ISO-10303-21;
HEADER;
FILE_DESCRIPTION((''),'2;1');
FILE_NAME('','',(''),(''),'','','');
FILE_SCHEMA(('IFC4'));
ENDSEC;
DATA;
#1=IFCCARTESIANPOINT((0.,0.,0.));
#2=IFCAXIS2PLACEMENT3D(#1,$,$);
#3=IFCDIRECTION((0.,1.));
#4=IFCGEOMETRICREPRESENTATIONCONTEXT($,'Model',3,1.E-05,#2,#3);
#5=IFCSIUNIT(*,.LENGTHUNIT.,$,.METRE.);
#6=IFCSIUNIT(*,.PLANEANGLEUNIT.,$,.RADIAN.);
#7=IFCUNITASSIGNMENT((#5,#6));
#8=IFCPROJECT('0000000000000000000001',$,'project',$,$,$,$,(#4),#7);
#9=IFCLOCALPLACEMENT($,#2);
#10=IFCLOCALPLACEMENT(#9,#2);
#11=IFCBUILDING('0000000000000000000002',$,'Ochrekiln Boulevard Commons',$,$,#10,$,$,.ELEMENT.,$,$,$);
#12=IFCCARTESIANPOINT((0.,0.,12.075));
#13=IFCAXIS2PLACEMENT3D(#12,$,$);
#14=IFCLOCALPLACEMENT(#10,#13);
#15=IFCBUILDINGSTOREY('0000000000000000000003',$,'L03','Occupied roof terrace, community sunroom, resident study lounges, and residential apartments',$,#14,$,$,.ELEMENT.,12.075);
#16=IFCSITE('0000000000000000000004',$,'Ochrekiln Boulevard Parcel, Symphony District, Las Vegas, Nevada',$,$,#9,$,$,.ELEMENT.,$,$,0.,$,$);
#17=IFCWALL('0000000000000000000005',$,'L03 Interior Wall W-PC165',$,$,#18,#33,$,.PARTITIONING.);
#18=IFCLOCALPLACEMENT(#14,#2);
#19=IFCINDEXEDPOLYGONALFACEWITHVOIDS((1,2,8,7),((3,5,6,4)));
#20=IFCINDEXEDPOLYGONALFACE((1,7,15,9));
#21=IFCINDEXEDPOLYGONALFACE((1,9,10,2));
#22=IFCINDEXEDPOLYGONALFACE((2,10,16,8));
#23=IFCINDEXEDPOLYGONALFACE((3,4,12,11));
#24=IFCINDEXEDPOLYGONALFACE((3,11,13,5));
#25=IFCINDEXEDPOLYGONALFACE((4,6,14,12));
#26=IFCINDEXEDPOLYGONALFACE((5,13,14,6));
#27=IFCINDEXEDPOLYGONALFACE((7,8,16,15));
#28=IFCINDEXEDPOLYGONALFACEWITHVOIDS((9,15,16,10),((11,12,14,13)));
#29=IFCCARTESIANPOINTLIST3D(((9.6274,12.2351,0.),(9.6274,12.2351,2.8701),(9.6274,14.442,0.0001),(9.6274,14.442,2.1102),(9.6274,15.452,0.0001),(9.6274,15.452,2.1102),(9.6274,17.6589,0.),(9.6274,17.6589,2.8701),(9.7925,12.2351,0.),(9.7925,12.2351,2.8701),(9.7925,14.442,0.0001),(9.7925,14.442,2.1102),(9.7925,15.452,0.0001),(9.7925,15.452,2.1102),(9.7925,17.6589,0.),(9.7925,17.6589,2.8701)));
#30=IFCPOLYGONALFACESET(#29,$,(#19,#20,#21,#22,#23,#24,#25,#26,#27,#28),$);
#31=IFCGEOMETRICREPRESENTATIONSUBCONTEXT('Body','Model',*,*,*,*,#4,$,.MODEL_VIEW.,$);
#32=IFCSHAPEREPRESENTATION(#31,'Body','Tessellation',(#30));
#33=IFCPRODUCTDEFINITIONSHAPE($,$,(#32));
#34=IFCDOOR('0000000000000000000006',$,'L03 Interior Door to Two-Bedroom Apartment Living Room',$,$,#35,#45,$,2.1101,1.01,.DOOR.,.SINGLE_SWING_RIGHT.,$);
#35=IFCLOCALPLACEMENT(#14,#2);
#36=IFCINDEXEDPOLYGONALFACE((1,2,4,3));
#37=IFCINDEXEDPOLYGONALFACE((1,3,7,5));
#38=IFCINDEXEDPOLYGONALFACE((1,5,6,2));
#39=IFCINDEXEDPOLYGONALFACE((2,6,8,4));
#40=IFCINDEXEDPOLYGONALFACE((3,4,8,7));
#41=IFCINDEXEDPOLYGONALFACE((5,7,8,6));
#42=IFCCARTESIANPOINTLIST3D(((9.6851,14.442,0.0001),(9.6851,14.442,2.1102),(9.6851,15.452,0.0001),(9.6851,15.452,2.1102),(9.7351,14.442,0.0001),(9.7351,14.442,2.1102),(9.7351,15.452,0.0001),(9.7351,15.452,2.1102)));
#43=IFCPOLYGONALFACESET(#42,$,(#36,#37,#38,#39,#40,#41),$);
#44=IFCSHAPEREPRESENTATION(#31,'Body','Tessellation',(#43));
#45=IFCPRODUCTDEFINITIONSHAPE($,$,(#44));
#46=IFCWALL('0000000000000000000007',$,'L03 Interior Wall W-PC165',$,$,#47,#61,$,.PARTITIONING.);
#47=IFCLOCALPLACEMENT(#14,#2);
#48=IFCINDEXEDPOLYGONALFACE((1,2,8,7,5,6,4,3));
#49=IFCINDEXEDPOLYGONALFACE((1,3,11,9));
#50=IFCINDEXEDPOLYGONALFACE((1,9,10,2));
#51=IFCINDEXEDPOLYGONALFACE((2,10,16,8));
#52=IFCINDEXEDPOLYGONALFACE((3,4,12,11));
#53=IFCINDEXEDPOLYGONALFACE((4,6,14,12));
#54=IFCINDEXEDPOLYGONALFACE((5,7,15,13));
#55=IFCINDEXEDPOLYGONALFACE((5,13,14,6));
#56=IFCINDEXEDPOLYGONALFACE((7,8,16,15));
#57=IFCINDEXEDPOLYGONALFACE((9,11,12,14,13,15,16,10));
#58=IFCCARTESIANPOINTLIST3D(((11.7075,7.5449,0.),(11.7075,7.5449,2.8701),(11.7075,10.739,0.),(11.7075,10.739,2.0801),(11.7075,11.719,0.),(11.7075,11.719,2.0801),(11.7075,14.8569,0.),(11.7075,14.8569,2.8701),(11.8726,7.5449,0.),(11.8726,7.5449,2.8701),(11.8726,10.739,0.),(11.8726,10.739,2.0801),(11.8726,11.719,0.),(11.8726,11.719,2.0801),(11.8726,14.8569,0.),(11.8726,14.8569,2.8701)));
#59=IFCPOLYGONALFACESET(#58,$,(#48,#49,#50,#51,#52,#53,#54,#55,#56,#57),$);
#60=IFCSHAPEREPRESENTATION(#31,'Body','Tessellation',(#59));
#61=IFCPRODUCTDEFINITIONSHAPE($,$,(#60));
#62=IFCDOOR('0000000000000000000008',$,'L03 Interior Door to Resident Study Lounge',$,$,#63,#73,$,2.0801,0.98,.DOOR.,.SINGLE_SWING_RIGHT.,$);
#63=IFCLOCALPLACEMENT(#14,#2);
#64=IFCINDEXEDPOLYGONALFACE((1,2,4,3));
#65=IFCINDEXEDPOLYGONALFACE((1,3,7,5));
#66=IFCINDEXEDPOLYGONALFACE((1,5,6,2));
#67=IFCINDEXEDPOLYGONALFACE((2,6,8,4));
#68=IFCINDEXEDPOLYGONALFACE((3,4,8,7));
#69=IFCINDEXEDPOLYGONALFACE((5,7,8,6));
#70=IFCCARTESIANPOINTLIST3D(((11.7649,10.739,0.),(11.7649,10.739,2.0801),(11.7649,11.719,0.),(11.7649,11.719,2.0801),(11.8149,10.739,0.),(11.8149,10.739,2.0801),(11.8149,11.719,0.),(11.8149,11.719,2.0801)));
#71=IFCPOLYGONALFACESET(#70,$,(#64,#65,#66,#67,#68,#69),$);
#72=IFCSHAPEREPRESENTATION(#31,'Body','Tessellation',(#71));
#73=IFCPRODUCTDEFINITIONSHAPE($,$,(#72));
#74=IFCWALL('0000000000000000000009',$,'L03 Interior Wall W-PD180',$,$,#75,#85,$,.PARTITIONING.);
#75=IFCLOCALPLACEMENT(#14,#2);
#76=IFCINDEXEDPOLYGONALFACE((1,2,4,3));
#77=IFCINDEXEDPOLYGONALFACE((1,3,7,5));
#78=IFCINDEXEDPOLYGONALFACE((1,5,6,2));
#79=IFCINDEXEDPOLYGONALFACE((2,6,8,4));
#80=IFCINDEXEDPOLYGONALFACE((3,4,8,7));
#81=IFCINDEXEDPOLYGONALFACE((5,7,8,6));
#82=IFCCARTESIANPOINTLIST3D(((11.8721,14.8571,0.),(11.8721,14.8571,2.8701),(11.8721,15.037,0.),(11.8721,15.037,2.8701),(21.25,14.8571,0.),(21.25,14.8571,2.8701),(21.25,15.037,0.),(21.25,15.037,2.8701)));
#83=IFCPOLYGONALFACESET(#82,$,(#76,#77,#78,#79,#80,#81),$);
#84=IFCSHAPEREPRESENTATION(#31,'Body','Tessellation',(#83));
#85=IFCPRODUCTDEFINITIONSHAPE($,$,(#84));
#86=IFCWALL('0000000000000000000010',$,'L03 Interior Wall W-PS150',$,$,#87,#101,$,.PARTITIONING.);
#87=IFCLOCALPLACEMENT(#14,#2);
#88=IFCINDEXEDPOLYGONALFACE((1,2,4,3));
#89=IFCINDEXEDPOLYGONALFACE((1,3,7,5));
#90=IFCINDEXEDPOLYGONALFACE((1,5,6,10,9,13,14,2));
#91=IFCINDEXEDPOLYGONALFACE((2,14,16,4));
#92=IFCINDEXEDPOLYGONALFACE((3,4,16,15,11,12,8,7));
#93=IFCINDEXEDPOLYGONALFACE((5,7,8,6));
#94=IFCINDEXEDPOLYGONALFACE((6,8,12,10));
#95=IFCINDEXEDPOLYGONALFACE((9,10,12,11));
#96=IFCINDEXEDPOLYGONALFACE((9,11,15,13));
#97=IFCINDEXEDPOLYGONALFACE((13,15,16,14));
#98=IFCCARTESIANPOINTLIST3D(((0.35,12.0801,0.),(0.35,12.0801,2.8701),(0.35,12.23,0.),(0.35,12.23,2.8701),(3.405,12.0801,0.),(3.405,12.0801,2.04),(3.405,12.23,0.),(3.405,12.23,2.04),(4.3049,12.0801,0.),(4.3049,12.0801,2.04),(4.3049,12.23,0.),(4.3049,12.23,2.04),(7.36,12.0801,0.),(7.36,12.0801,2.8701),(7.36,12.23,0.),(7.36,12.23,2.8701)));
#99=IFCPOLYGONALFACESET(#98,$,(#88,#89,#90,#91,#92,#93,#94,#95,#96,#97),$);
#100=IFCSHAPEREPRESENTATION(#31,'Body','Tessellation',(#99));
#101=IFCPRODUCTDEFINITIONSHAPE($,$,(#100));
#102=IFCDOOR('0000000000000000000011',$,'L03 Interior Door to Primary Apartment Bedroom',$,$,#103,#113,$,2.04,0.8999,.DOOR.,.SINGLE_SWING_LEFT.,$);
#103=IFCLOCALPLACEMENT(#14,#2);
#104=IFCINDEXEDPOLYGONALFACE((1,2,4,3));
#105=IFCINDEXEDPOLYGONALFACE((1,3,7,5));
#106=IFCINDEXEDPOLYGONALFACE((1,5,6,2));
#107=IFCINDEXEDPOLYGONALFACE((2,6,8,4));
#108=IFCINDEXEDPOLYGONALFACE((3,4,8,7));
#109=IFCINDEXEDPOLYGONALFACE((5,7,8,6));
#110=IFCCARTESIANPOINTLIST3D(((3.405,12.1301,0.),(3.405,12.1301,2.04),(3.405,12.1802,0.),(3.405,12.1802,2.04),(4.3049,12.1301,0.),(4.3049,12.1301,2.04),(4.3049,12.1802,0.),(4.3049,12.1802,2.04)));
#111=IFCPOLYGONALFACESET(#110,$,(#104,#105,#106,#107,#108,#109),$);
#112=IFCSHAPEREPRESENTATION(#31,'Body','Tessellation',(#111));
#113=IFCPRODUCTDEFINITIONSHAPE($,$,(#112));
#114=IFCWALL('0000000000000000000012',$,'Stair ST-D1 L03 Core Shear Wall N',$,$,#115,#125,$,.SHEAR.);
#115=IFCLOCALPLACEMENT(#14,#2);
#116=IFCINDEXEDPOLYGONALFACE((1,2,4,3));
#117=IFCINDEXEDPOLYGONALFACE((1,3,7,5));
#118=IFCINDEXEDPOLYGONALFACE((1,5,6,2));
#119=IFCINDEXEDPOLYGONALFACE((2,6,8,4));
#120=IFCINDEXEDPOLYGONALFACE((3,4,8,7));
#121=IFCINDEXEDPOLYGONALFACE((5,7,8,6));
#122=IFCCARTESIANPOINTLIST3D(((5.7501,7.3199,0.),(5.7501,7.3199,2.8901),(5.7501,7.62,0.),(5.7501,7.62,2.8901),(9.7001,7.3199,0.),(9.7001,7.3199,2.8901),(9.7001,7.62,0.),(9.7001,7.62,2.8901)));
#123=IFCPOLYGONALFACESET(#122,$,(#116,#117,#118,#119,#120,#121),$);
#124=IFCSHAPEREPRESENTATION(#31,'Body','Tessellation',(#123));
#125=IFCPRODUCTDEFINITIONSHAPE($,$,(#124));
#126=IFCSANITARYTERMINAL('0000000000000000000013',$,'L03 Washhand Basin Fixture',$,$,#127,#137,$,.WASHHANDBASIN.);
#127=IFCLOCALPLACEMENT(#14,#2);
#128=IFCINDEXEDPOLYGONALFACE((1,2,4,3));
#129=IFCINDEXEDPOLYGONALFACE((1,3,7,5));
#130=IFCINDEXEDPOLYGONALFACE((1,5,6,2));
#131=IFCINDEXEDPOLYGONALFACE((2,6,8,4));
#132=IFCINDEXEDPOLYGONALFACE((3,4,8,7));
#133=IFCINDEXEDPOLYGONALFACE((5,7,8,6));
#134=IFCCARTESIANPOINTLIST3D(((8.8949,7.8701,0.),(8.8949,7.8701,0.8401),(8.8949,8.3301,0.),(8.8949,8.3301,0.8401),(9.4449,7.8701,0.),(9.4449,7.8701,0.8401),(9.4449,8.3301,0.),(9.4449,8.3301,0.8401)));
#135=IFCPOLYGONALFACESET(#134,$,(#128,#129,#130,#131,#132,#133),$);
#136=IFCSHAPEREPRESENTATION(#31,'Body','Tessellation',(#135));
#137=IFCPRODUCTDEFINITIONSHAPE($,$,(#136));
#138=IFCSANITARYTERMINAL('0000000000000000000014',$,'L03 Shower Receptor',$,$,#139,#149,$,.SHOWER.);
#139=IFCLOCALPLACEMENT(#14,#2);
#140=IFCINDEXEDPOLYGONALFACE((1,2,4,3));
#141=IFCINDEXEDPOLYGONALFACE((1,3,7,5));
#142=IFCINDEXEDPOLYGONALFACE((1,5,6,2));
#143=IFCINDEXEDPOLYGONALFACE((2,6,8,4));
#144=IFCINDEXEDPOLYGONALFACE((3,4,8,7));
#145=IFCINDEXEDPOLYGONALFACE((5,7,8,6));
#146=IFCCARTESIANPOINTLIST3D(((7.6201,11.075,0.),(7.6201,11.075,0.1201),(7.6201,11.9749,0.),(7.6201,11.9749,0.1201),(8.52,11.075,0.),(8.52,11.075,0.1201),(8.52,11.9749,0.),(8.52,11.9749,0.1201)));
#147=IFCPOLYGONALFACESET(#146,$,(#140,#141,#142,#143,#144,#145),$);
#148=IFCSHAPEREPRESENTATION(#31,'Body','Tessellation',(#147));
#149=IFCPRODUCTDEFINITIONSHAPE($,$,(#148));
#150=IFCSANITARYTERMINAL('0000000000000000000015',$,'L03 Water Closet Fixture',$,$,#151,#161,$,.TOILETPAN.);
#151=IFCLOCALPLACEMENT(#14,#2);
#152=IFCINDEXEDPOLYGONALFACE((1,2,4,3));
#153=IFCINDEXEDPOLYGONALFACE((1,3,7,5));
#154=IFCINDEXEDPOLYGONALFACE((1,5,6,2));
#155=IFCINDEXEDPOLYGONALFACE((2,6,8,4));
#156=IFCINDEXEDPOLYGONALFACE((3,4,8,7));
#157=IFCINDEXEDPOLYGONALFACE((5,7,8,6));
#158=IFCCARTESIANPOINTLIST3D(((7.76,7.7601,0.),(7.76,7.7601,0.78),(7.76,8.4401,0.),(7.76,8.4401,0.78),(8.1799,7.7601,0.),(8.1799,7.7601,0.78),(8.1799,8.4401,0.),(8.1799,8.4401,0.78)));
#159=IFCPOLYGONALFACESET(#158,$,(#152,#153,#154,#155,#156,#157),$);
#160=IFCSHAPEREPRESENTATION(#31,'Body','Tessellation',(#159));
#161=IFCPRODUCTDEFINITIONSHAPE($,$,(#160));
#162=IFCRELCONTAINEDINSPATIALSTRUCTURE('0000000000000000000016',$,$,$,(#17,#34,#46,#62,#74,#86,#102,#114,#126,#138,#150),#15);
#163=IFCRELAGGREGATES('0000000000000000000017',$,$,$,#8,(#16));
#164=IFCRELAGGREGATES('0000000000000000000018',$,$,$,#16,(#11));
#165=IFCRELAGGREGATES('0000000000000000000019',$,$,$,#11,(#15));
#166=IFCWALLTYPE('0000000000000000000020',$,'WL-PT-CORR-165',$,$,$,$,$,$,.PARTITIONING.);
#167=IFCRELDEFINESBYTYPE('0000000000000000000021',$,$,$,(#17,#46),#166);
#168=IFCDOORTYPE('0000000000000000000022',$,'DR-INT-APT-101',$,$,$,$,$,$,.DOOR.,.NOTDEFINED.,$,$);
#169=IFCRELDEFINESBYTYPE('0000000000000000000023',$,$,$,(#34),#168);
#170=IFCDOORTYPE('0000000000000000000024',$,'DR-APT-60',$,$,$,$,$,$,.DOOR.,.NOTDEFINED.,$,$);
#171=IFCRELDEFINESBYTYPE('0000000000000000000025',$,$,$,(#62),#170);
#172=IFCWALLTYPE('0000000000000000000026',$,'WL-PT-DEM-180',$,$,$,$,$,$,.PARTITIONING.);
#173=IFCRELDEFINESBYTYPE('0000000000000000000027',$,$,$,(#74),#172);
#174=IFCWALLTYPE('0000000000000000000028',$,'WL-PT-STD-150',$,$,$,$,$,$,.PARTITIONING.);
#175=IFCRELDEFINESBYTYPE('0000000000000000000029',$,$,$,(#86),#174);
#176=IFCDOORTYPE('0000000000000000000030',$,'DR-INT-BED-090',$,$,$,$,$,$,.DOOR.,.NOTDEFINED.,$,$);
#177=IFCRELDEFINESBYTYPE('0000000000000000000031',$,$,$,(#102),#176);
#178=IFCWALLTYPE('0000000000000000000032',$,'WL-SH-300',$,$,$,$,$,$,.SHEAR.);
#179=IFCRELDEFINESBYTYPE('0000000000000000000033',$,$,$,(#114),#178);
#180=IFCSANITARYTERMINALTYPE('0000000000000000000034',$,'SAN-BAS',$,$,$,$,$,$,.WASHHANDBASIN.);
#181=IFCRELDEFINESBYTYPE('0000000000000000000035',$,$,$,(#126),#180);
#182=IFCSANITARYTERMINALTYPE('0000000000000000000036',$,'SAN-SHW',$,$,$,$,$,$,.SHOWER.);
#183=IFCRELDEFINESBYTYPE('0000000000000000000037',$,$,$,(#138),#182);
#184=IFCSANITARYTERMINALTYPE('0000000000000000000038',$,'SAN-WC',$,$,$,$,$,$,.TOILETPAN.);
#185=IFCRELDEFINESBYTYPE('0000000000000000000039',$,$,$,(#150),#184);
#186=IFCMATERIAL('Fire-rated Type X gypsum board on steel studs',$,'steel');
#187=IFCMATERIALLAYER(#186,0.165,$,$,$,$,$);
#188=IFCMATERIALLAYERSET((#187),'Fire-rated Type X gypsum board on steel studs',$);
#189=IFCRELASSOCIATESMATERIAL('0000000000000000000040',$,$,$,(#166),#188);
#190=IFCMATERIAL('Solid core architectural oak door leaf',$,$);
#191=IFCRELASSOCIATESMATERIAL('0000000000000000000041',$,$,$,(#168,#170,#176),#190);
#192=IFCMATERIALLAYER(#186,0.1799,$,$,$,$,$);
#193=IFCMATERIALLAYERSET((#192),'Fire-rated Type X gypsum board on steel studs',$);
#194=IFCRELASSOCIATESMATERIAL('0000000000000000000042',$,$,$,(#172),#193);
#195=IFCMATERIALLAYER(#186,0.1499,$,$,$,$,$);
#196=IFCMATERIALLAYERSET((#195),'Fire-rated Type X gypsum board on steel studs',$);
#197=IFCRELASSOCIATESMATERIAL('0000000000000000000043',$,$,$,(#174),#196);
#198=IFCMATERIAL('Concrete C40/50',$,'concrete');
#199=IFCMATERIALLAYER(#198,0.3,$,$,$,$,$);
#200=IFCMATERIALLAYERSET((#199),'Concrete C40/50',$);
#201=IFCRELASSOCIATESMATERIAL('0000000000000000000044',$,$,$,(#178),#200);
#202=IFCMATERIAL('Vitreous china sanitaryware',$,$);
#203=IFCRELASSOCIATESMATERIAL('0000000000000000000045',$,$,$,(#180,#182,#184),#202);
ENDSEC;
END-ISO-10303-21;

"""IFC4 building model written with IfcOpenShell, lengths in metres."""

from ifc_helpers import new_model, si_unit, direction, frame, frame_2d, origin, origin_2d, place, context, subcontext, project, spatial, rectangle, extrude, material, layer, layer_set, type_object, element, fill, save


model = new_model("IFC4")

# Units and contexts
model_context = context("Model", 3, precision=1e-05, world=origin(), true_north=direction((0.0, 1.0)))
body_context = subcontext(model_context, "Body", "Model", "MODEL_VIEW")
ifc_project = project(units=[si_unit("LENGTHUNIT", "METRE"), si_unit("PLANEANGLEUNIT", "RADIAN")], contexts=[model_context])

# Site, building, storey
site_placement = place(None, origin())
site = spatial("IfcSite", under=ifc_project, at=site_placement, Name="Ochrekiln Boulevard Parcel, Symphony District, Las Vegas, Nevada", CompositionType="ELEMENT", RefElevation=0.0)
building_placement = place(site_placement, origin())
building = spatial("IfcBuilding", under=site, at=building_placement, Name="Ochrekiln Boulevard Commons", CompositionType="ELEMENT")
storey_placement = place(building_placement, frame((0.0, 0.0, 12.075)))
storey = spatial("IfcBuildingStorey", under=building, at=storey_placement, Name="L03", Description="Occupied roof terrace, community sunroom, resident study lounges, and residential apartments", CompositionType="ELEMENT", Elevation=12.075)

# Shared definitions
ifc_material_1 = material(Name="Concrete C40/50", Category="concrete")

# Shared definitions
ifc_material_2 = material(Name="Solid core architectural oak door leaf")

# Shared definitions
ifc_material_3 = material(Name="Fire-rated Type X gypsum board on steel studs", Category="steel")

# Walls, openings, doors
ifc_layer_1 = layer(ifc_material_3, 0.165)
ifc_layer_set_1 = layer_set([ifc_layer_1], Name="Fire-rated Type X gypsum board on steel studs")
wall_type_1 = type_object("IfcWallType", Name="WL-PT-CORR-165", PredefinedType="PARTITIONING", material=ifc_layer_set_1)
wall_1_placement = place(storey_placement, frame((9.71, 12.2351, 0.0), z_axis=(0.0, 0.0, 1.0), x_axis=(0.0, 1.0, 0.0)))
wall_1 = element("IfcWall", 1, at=wall_1_placement, inside=storey, type_object=wall_type_1, Name="L03 Interior Wall W-PC165", PredefinedType="PARTITIONING", context=body_context, shape_type="SweptSolid", body=[
    extrude(rectangle(XDim=5.4238, YDim=0.165, at=frame_2d((2.7119, 0.0))), origin(), (0.0, 0.0, 1.0), 2.8701),
])
opening_1_placement = place(wall_1_placement, frame((2.207, 0.0, 0.0)))
opening_1 = element("IfcOpeningElement", 2, at=opening_1_placement, cuts=wall_1, PredefinedType="OPENING", context=body_context, shape_type="SweptSolid", body=[
    extrude(rectangle(XDim=1.01, YDim=2.1101, at=frame_2d((0.5049, 1.0552))), frame((0.0, 0.0925, 0.0), z_axis=(0.0, -1.0, 0.0), x_axis=(1.0, 0.0, 0.0)), (0.0, 0.0, 1.0), 0.1851),
])
door_type_1 = type_object("IfcDoorType", Name="DR-INT-APT-101", OperationType="NOTDEFINED", PredefinedType="DOOR", material=ifc_material_2)
door_1_placement = place(opening_1_placement, origin())
door_1 = element("IfcDoor", 3, at=door_1_placement, inside=storey, type_object=door_type_1, Name="L03 Interior Door to Two-Bedroom Apartment Living Room", OperationType="SINGLE_SWING_RIGHT", OverallHeight=2.1101, OverallWidth=1.01, PredefinedType="DOOR", context=body_context, shape_type="SweptSolid", body=[
    extrude(rectangle(XDim=1.01, YDim=2.1101, at=frame_2d((0.5049, 1.0552))), frame((0.0, 0.0249, 0.0), z_axis=(0.0, -1.0, 0.0), x_axis=(1.0, 0.0, 0.0)), (0.0, 0.0, 1.0), 0.05),
])
fill(opening_1, door_1)
wall_2_placement = place(storey_placement, frame((11.79, 7.5449, 0.0), z_axis=(0.0, 0.0, 1.0), x_axis=(0.0, 1.0, 0.0)))
wall_2 = element("IfcWall", 4, at=wall_2_placement, inside=storey, type_object=wall_type_1, Name="L03 Interior Wall W-PC165", PredefinedType="PARTITIONING", context=body_context, shape_type="SweptSolid", body=[
    extrude(rectangle(XDim=7.312, YDim=0.165, at=frame_2d((3.656, 0.0))), origin(), (0.0, 0.0, 1.0), 2.8701),
])
opening_2_placement = place(wall_2_placement, frame((3.1941, 0.0, 0.0)))
opening_2 = element("IfcOpeningElement", 5, at=opening_2_placement, cuts=wall_2, PredefinedType="OPENING", context=body_context, shape_type="SweptSolid", body=[
    extrude(rectangle(XDim=0.98, YDim=2.0801, at=frame_2d((0.49, 1.04))), frame((0.0, 0.0925, 0.0), z_axis=(0.0, -1.0, 0.0), x_axis=(1.0, 0.0, 0.0)), (0.0, 0.0, 1.0), 0.1851),
])
door_type_2 = type_object("IfcDoorType", Name="DR-APT-60", OperationType="NOTDEFINED", PredefinedType="DOOR", material=ifc_material_2)
door_2_placement = place(opening_2_placement, frame((0.98, 0.0, 0.0), z_axis=(0.0, 0.0, 1.0), x_axis=(-1.0, 0.0, 0.0)))
door_2 = element("IfcDoor", 6, at=door_2_placement, inside=storey, type_object=door_type_2, Name="L03 Interior Door to Resident Study Lounge", OperationType="SINGLE_SWING_RIGHT", OverallHeight=2.0801, OverallWidth=0.98, PredefinedType="DOOR", context=body_context, shape_type="SweptSolid", body=[
    extrude(rectangle(XDim=0.98, YDim=2.0801, at=frame_2d((0.49, 1.04))), frame((0.0, 0.0249, 0.0), z_axis=(0.0, -1.0, 0.0), x_axis=(1.0, 0.0, 0.0)), (0.0, 0.0, 1.0), 0.05),
])
fill(opening_2, door_2)

# Wall
ifc_layer_2 = layer(ifc_material_3, 0.1799)
ifc_layer_set_2 = layer_set([ifc_layer_2], Name="Fire-rated Type X gypsum board on steel studs")
wall_type_2 = type_object("IfcWallType", Name="WL-PT-DEM-180", PredefinedType="PARTITIONING", material=ifc_layer_set_2)
wall_3_placement = place(storey_placement, frame((11.8721, 14.947, 0.0), z_axis=(0.0, 0.0, 1.0), x_axis=(1.0, 0.0, 0.0)))
element("IfcWall", 7, at=wall_3_placement, inside=storey, type_object=wall_type_2, Name="L03 Interior Wall W-PD180", PredefinedType="PARTITIONING", context=body_context, shape_type="SweptSolid", body=[
    extrude(rectangle(XDim=9.3779, YDim=0.1799, at=frame_2d((4.689, 0.0))), origin(), (0.0, 0.0, 1.0), 2.8701),
])

# Wall, opening, door
ifc_layer_3 = layer(ifc_material_3, 0.1499)
ifc_layer_set_3 = layer_set([ifc_layer_3], Name="Fire-rated Type X gypsum board on steel studs")
wall_type_3 = type_object("IfcWallType", Name="WL-PT-STD-150", PredefinedType="PARTITIONING", material=ifc_layer_set_3)
wall_4_placement = place(storey_placement, frame((0.3501, 12.155, 0.0), z_axis=(0.0, 0.0, 1.0), x_axis=(1.0, 0.0, 0.0)))
wall_4 = element("IfcWall", 8, at=wall_4_placement, inside=storey, type_object=wall_type_3, Name="L03 Interior Wall W-PS150", PredefinedType="PARTITIONING", context=body_context, shape_type="SweptSolid", body=[
    extrude(rectangle(XDim=7.01, YDim=0.1499, at=frame_2d((3.5049, 0.0))), origin(), (0.0, 0.0, 1.0), 2.8701),
])
opening_3_placement = place(wall_4_placement, frame((3.0549, 0.0, 0.0)))
opening_3 = element("IfcOpeningElement", 9, at=opening_3_placement, cuts=wall_4, PredefinedType="OPENING", context=body_context, shape_type="SweptSolid", body=[
    extrude(rectangle(XDim=0.8999, YDim=2.04, at=frame_2d((0.45, 1.02))), frame((0.0, 0.085, 0.0), z_axis=(0.0, -1.0, 0.0), x_axis=(1.0, 0.0, 0.0)), (0.0, 0.0, 1.0), 0.1699),
])
door_type_3 = type_object("IfcDoorType", Name="DR-INT-BED-090", OperationType="NOTDEFINED", PredefinedType="DOOR", material=ifc_material_2)
door_3_placement = place(opening_3_placement, frame((0.8999, 0.0, 0.0), z_axis=(0.0, 0.0, 1.0), x_axis=(-1.0, 0.0, 0.0)))
door_3 = element("IfcDoor", 10, at=door_3_placement, inside=storey, type_object=door_type_3, Name="L03 Interior Door to Primary Apartment Bedroom", OperationType="SINGLE_SWING_LEFT", OverallHeight=2.04, OverallWidth=0.8999, PredefinedType="DOOR", context=body_context, shape_type="SweptSolid", body=[
    extrude(rectangle(XDim=0.8999, YDim=2.04, at=frame_2d((0.45, 1.02))), frame((0.0, 0.0249, 0.0), z_axis=(0.0, -1.0, 0.0), x_axis=(1.0, 0.0, 0.0)), (0.0, 0.0, 1.0), 0.05),
])
fill(opening_3, door_3)

# Wall
ifc_layer_4 = layer(ifc_material_1, 0.3)
ifc_layer_set_4 = layer_set([ifc_layer_4], Name="Concrete C40/50")
wall_type_4 = type_object("IfcWallType", Name="WL-SH-300", PredefinedType="SHEAR", material=ifc_layer_set_4)
wall_5_placement = place(storey_placement, frame((5.75, 7.47, 0.0), z_axis=(0.0, 0.0, 1.0), x_axis=(1.0, 0.0, 0.0)))
element("IfcWall", 11, at=wall_5_placement, inside=storey, type_object=wall_type_4, Name="Stair ST-D1 L03 Core Shear Wall N", PredefinedType="SHEAR", context=body_context, shape_type="SweptSolid", body=[
    extrude(rectangle(XDim=3.95, YDim=0.3, at=frame_2d((1.9751, 0.0))), origin(), (0.0, 0.0, 1.0), 2.8901),
])

# Sanitary terminals
ifc_material_4 = material(Name="Vitreous china sanitaryware")
sanitary_terminal_type_1 = type_object("IfcSanitaryTerminalType", Name="SAN-BAS", PredefinedType="WASHHANDBASIN", material=ifc_material_4)
sanitary_terminal_1_placement = place(storey_placement, frame((9.1699, 8.1001, 0.0), z_axis=(0.0, 0.0, 1.0), x_axis=(1.0, 0.0, 0.0)))
element("IfcSanitaryTerminal", 12, at=sanitary_terminal_1_placement, inside=storey, type_object=sanitary_terminal_type_1, Name="L03 Washhand Basin Fixture", PredefinedType="WASHHANDBASIN", context=body_context, shape_type="SweptSolid", body=[
    extrude(rectangle(XDim=0.55, YDim=0.46, at=origin_2d()), origin(), (0.0, 0.0, 1.0), 0.8401),
])
sanitary_terminal_type_2 = type_object("IfcSanitaryTerminalType", Name="SAN-SHW", PredefinedType="SHOWER", material=ifc_material_4)
sanitary_terminal_2_placement = place(storey_placement, frame((8.0701, 11.5249, 0.0), z_axis=(0.0, 0.0, 1.0), x_axis=(1.0, 0.0, 0.0)))
element("IfcSanitaryTerminal", 13, at=sanitary_terminal_2_placement, inside=storey, type_object=sanitary_terminal_type_2, Name="L03 Shower Receptor", PredefinedType="SHOWER", context=body_context, shape_type="SweptSolid", body=[
    extrude(rectangle(XDim=0.8999, YDim=0.8999, at=origin_2d()), origin(), (0.0, 0.0, 1.0), 0.1201),
])
sanitary_terminal_type_3 = type_object("IfcSanitaryTerminalType", Name="SAN-WC", PredefinedType="TOILETPAN", material=ifc_material_4)
sanitary_terminal_3_placement = place(storey_placement, frame((7.97, 8.1001, 0.0), z_axis=(0.0, 0.0, 1.0), x_axis=(1.0, 0.0, 0.0)))
element("IfcSanitaryTerminal", 14, at=sanitary_terminal_3_placement, inside=storey, type_object=sanitary_terminal_type_3, Name="L03 Water Closet Fixture", PredefinedType="TOILETPAN", context=body_context, shape_type="SweptSolid", body=[
    extrude(rectangle(XDim=0.4199, YDim=0.6799, at=origin_2d()), origin(), (0.0, 0.0, 1.0), 0.78),
])

save(model, "model.ifc")
